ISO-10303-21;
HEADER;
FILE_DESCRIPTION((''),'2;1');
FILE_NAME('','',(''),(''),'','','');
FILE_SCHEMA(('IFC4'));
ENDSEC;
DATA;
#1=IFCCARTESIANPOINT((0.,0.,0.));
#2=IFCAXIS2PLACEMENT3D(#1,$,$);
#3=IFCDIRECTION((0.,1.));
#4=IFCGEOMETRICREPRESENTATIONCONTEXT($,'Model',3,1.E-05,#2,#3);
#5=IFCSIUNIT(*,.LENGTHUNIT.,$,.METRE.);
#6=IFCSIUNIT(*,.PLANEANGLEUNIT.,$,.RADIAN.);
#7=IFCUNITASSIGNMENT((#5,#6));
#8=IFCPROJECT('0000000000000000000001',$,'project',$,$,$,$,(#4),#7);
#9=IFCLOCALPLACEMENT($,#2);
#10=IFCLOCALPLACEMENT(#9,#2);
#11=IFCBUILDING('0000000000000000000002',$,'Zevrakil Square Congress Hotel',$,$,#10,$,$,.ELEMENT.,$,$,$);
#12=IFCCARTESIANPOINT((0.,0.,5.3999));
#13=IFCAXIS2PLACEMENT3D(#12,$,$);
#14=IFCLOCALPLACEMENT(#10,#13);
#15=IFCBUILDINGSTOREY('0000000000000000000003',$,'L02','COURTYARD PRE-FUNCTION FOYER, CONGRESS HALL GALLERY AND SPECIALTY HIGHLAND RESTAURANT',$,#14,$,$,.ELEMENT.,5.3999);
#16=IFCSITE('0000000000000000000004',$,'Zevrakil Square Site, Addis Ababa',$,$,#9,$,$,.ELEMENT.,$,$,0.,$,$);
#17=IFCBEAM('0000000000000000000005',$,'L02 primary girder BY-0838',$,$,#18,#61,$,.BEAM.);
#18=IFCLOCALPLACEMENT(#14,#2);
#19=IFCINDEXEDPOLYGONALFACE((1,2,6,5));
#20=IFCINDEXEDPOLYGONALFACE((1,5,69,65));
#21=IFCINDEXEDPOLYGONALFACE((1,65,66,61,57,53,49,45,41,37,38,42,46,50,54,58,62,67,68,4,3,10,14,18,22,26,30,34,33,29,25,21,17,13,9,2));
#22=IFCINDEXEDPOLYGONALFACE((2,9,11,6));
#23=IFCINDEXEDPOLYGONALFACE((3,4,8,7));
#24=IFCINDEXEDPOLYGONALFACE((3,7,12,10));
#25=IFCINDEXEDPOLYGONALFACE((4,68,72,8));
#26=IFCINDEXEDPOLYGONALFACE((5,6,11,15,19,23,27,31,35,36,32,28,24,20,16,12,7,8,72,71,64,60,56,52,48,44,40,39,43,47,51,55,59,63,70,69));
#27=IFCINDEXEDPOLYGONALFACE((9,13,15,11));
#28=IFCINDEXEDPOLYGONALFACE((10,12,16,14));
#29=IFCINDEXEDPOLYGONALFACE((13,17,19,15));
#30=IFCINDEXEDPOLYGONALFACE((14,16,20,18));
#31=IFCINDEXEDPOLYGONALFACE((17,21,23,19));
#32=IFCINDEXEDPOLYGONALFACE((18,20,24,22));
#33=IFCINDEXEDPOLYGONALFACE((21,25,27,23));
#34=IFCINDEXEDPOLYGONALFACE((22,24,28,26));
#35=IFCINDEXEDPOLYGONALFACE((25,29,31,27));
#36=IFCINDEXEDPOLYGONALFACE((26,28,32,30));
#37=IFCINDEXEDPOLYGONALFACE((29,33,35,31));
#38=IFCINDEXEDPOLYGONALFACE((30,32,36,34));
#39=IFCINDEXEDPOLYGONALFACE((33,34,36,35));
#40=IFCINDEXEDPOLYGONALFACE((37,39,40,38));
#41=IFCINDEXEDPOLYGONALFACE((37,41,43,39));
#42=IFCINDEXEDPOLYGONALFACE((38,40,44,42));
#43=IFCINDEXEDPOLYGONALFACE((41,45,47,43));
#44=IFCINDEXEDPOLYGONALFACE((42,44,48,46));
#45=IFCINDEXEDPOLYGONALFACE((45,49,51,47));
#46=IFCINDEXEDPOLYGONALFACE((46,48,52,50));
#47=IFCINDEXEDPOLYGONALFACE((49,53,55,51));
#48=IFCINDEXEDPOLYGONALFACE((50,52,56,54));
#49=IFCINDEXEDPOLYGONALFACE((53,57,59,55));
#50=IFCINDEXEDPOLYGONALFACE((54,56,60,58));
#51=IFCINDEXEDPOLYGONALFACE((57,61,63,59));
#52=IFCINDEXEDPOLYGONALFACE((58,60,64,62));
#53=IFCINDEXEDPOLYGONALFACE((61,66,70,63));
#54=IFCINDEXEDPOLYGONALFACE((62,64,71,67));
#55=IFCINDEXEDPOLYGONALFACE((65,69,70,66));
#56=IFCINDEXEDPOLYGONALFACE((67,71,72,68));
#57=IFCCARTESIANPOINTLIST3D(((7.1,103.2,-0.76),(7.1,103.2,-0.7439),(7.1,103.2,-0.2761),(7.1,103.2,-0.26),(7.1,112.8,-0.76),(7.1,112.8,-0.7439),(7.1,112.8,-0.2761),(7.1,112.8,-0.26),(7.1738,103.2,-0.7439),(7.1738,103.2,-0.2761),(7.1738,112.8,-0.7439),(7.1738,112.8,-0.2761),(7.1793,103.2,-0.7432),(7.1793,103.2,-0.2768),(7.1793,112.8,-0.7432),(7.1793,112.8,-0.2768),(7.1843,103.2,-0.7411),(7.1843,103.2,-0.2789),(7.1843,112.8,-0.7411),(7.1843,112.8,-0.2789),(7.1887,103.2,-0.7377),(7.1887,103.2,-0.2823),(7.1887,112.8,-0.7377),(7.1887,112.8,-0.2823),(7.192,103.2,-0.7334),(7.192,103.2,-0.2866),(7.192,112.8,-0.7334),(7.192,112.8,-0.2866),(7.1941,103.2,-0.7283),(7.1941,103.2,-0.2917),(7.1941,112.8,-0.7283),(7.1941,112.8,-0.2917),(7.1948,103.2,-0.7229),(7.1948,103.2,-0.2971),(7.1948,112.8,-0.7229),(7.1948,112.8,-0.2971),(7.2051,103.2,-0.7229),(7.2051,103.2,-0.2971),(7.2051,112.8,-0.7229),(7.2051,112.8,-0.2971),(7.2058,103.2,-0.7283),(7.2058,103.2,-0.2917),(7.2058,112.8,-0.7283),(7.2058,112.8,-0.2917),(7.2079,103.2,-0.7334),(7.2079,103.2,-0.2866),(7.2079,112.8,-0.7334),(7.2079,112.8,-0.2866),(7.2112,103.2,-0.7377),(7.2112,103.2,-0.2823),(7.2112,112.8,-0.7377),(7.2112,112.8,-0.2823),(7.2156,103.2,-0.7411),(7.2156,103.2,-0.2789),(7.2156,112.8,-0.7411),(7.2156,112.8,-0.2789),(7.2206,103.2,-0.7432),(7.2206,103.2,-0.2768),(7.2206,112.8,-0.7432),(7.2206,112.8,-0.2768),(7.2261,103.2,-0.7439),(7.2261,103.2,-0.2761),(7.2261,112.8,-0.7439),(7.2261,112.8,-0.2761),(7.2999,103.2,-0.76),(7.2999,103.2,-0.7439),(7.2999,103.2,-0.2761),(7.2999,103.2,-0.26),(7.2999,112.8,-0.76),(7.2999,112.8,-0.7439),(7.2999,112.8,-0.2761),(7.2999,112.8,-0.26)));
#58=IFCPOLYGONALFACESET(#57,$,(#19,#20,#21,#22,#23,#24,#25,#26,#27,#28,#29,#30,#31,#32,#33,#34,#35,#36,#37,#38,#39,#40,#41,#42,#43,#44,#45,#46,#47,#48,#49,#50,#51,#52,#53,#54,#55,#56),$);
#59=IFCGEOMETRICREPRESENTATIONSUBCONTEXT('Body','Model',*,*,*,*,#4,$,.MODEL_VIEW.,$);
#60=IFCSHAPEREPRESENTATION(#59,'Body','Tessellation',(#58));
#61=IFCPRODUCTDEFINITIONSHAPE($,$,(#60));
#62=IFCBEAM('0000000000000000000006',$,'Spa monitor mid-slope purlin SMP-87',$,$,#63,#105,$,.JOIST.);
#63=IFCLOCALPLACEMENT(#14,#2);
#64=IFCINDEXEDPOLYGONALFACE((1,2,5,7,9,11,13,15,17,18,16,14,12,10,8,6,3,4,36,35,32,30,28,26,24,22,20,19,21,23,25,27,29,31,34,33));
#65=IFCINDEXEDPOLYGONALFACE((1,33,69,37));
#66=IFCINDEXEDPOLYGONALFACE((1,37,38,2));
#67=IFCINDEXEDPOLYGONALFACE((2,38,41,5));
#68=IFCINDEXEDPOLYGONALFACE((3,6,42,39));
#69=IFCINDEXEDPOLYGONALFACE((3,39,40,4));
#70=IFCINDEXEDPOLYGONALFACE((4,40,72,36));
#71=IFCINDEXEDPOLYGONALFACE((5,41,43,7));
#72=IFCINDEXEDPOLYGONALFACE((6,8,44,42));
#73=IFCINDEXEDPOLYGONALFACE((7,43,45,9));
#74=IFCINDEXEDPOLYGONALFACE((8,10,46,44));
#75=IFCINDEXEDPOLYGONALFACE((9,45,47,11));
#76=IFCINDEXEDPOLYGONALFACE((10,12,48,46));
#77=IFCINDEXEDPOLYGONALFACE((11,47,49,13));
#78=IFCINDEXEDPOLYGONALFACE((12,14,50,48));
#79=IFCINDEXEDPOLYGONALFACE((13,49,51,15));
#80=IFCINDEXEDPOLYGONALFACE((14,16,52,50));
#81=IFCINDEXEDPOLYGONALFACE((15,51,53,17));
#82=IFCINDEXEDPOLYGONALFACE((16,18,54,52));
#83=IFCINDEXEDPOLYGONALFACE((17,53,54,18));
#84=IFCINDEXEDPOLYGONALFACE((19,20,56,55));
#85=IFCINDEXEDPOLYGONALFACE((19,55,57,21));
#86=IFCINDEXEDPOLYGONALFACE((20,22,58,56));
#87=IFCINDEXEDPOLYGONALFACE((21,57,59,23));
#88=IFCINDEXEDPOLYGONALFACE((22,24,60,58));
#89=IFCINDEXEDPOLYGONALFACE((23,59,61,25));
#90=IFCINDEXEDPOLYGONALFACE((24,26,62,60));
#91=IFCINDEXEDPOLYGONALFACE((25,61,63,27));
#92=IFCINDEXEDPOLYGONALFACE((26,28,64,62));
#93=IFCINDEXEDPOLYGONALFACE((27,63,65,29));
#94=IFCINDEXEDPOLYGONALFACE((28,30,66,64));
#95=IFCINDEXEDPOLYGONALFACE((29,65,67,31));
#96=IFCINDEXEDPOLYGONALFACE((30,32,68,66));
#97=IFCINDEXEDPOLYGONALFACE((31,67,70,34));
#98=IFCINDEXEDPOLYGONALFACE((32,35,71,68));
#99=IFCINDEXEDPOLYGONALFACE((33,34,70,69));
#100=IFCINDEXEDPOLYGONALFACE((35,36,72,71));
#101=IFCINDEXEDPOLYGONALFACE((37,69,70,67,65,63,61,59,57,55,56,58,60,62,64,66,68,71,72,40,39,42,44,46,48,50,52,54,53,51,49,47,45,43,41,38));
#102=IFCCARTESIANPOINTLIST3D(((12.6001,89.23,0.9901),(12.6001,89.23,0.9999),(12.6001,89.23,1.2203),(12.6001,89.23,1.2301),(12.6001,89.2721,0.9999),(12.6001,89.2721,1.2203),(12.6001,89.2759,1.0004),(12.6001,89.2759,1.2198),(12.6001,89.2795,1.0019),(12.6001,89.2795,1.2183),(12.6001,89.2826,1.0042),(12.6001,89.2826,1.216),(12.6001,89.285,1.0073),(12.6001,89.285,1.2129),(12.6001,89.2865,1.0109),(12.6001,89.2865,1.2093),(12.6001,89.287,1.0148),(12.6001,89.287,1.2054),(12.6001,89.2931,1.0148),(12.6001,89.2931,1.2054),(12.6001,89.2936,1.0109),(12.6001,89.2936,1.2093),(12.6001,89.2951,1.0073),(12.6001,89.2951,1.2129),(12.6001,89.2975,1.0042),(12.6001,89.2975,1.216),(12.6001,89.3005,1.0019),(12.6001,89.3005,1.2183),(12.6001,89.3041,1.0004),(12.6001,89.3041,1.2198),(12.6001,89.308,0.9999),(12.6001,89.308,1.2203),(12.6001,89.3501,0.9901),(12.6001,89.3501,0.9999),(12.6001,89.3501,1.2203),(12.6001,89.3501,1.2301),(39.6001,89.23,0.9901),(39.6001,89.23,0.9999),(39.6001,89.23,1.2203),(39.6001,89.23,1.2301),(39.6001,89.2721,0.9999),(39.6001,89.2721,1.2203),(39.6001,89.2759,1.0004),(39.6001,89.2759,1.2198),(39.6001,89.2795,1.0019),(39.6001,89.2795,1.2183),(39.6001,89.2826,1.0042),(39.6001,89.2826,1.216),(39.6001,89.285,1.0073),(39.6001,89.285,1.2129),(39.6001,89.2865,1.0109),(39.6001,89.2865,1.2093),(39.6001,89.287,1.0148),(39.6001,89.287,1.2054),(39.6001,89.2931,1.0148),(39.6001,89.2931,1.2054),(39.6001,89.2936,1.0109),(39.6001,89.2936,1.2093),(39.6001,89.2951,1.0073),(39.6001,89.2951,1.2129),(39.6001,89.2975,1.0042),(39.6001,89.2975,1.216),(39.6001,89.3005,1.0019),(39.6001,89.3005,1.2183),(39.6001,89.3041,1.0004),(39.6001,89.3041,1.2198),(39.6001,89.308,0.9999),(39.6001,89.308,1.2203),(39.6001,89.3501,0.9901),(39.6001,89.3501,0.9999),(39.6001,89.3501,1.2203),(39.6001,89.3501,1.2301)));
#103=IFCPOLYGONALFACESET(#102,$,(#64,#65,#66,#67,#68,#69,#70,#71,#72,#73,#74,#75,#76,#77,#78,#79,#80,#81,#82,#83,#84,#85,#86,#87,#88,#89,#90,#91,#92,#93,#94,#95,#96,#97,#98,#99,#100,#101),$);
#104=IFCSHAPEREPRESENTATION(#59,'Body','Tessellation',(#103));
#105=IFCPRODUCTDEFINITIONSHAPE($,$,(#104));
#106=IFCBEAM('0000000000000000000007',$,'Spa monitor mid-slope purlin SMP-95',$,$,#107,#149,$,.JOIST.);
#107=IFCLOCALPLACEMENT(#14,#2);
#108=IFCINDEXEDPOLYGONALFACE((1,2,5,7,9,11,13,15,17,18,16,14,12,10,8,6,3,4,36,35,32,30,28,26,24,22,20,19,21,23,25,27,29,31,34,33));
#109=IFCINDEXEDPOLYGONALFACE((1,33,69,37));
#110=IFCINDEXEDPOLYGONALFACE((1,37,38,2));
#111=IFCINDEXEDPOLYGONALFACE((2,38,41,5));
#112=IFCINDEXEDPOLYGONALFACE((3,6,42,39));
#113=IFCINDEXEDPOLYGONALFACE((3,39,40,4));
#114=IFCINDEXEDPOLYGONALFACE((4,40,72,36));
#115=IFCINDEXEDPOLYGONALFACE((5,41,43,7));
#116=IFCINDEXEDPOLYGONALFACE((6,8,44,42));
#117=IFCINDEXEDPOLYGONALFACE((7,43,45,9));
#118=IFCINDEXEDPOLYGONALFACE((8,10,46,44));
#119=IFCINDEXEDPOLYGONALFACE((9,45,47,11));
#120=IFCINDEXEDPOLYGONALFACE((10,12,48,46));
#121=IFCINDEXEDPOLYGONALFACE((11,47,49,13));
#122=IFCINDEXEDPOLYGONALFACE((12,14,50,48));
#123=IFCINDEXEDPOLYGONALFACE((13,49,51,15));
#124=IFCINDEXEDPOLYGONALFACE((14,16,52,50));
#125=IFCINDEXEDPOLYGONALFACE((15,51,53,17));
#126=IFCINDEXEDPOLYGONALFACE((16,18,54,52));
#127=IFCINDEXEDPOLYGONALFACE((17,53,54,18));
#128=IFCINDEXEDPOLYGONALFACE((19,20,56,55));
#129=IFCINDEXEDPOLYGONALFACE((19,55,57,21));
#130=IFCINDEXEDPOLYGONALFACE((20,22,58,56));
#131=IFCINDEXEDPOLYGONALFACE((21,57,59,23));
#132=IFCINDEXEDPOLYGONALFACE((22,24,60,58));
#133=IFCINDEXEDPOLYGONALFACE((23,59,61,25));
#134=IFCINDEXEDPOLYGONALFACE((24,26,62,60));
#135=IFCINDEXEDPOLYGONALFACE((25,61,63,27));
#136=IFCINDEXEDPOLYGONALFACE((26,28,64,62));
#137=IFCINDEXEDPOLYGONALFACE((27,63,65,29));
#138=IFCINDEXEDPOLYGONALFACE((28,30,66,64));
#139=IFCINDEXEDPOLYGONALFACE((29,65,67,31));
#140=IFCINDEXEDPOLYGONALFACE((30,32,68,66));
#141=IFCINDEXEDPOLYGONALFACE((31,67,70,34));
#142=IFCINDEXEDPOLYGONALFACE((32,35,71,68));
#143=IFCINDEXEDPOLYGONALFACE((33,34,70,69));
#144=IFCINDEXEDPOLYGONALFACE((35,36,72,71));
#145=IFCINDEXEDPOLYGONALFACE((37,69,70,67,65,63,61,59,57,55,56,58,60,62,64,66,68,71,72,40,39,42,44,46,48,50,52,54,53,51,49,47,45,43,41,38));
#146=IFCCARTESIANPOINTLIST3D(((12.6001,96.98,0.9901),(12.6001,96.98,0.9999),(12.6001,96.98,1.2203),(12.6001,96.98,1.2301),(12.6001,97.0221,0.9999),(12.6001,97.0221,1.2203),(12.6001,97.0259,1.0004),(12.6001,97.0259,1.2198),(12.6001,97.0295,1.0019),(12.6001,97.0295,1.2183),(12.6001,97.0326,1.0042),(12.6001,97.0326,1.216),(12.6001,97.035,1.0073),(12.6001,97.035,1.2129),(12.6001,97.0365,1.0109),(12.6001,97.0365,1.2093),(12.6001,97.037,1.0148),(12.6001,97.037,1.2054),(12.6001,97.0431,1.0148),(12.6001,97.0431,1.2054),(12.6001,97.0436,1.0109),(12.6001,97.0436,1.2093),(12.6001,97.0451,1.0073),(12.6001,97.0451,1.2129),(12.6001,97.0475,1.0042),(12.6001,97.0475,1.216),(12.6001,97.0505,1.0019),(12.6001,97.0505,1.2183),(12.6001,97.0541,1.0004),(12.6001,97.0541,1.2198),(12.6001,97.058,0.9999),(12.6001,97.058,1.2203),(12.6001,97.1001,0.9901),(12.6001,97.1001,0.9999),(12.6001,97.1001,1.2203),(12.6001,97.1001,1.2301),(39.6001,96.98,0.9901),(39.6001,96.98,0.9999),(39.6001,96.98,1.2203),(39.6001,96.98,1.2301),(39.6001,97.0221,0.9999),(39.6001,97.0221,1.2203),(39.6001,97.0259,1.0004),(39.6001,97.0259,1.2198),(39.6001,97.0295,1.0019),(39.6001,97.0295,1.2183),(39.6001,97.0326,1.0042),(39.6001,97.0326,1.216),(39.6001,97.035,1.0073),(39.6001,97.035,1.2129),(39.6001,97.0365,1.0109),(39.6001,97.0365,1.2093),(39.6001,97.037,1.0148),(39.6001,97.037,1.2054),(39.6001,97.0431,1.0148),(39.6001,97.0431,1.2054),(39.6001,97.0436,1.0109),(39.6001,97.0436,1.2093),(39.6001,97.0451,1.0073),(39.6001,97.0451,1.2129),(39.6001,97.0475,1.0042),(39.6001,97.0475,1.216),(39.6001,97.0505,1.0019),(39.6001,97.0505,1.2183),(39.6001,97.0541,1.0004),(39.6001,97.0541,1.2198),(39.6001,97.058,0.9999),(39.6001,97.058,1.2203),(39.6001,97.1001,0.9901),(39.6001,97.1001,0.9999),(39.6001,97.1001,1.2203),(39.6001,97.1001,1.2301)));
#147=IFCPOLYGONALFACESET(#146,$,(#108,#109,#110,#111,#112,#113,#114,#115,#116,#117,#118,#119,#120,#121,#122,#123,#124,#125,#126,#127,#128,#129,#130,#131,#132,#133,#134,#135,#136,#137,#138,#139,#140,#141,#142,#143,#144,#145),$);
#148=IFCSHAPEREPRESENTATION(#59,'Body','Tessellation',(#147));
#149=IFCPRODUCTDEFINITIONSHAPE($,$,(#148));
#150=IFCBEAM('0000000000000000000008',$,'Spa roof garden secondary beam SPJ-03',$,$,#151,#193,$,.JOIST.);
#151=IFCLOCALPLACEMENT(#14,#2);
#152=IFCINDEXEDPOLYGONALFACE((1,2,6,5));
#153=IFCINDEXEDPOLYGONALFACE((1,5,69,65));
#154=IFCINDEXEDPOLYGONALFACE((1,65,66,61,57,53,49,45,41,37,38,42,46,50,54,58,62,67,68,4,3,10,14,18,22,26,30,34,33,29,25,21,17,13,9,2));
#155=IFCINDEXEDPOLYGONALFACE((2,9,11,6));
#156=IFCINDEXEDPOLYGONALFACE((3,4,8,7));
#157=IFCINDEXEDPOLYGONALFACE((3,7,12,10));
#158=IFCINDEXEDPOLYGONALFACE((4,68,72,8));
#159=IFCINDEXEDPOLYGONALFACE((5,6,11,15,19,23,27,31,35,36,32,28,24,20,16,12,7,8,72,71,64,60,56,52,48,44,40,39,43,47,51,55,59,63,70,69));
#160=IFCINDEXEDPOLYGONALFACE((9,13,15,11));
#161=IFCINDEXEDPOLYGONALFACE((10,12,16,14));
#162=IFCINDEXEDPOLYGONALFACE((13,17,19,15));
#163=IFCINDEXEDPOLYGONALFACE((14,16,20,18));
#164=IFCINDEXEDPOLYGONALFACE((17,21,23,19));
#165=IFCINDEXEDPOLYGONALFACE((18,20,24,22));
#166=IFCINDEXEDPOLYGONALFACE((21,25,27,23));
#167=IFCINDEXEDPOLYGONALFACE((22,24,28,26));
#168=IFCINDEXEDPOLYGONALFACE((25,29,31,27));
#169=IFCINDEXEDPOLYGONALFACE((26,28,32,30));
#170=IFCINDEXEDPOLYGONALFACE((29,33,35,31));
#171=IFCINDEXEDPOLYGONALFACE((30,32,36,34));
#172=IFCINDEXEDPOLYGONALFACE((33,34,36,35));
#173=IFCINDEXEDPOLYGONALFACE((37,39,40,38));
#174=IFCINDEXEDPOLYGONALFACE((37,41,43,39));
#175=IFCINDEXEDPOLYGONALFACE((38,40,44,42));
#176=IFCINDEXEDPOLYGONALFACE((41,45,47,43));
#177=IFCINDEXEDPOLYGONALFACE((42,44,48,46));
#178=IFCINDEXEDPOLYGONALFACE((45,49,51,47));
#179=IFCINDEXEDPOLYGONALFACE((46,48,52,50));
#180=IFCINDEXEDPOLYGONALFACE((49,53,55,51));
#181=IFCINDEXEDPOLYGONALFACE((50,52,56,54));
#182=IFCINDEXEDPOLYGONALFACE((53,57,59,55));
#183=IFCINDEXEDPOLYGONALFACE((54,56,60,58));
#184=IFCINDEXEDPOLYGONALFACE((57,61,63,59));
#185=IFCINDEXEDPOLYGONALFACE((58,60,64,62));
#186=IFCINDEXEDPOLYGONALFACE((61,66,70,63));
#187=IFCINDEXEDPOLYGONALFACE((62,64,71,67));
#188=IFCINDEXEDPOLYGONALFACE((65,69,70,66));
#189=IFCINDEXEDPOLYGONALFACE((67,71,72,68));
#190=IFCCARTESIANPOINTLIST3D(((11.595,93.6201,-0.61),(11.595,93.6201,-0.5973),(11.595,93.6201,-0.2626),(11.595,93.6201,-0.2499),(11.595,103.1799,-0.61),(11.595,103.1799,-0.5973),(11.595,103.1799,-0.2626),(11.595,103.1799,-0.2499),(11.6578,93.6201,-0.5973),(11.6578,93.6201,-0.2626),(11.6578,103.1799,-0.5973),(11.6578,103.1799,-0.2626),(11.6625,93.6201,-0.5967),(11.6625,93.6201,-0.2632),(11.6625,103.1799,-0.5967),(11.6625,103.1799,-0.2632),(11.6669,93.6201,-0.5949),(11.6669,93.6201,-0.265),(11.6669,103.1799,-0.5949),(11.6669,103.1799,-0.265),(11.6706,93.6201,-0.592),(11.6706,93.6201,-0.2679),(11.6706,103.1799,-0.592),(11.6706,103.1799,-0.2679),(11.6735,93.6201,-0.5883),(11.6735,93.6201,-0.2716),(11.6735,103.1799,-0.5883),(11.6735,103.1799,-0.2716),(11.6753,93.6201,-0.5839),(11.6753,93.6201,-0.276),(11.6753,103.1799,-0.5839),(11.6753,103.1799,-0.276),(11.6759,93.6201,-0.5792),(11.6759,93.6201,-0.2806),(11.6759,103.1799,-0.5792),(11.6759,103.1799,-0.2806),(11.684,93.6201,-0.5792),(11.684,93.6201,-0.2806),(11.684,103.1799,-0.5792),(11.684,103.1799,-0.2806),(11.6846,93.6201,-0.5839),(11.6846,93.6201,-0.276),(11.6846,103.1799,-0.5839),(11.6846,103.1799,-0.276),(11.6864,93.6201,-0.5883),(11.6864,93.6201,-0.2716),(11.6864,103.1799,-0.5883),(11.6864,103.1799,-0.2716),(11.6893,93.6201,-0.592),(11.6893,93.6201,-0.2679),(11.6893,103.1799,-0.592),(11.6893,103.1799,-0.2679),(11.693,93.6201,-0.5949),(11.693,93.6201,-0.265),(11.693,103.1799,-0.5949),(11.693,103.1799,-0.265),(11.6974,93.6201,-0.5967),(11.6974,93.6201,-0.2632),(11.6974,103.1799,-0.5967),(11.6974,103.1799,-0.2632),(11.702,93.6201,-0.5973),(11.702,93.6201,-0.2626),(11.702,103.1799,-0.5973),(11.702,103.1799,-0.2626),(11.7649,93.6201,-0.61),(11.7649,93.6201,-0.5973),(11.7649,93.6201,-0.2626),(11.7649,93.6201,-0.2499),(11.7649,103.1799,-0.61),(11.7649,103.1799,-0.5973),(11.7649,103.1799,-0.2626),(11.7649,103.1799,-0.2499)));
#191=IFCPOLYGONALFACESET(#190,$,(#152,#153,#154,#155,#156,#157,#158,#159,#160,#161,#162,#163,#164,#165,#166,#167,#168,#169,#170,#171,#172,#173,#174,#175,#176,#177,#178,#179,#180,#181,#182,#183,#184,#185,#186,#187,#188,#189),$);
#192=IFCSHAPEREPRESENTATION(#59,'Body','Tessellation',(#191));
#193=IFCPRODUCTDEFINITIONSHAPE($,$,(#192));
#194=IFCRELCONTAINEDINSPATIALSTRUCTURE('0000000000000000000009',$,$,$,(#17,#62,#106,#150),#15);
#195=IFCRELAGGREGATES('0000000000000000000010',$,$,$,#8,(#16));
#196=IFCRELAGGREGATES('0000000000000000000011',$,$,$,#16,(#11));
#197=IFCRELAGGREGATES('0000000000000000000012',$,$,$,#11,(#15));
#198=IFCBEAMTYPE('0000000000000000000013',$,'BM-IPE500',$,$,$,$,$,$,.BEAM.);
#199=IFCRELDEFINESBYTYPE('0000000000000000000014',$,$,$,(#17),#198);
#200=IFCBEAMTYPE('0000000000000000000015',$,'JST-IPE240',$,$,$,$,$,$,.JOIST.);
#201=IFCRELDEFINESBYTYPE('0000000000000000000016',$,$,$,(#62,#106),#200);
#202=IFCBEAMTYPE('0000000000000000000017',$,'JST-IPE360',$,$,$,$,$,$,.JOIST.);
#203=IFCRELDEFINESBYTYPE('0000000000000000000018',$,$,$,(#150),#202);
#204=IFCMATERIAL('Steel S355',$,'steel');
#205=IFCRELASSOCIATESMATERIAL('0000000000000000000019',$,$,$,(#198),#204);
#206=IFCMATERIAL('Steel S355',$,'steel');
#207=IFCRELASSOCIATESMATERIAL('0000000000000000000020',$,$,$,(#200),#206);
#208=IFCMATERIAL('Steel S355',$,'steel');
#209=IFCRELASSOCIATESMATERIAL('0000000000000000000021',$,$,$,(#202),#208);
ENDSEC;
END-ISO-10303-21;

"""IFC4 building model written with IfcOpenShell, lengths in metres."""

from ifc_helpers import new_model, si_unit, direction, frame, origin, origin_2d, place, context, subcontext, project, spatial, i_section, extrude, material, material_profile, profile_set, type_object, element, save


model = new_model("IFC4")

# Units and contexts
model_context = context("Model", 3, precision=1e-05, world=origin(), true_north=direction((0.0, 1.0)))
body_context = subcontext(model_context, "Body", "Model", "MODEL_VIEW")
ifc_project = project(units=[si_unit("LENGTHUNIT", "METRE"), si_unit("PLANEANGLEUNIT", "RADIAN")], contexts=[model_context])

# Site, building, storey
site_placement = place(None, origin())
site = spatial("IfcSite", under=ifc_project, at=site_placement, Name="Zevrakil Square Site, Addis Ababa", CompositionType="ELEMENT", RefElevation=0.0)
building_placement = place(site_placement, origin())
building = spatial("IfcBuilding", under=site, at=building_placement, Name="Zevrakil Square Congress Hotel", CompositionType="ELEMENT")
storey_placement = place(building_placement, frame((0.0, 0.0, 5.3999)))
storey = spatial("IfcBuildingStorey", under=building, at=storey_placement, Name="L02", Description="COURTYARD PRE-FUNCTION FOYER, CONGRESS HALL GALLERY AND SPECIALTY HIGHLAND RESTAURANT", CompositionType="ELEMENT", Elevation=5.3999)

# Beams
ifc_material_1 = material(Name="Steel S355", Category="steel")
ifc_material_profile_1 = material_profile(ifc_material_1, i_section(OverallWidth=0.2, OverallDepth=0.5, WebThickness=0.0103, FlangeThickness=0.0161, FilletRadius=0.021, at=origin_2d()), Name="IPE 500")
ifc_profile_set_1 = profile_set([ifc_material_profile_1], Name="Steel S355")
beam_type_1 = type_object("IfcBeamType", Name="BM-IPE500", PredefinedType="BEAM", material=ifc_profile_set_1)
beam_1_placement = place(storey_placement, frame((7.2, 103.2, -0.51), z_axis=(0.0, 1.0, 0.0), x_axis=(-1.0, 0.0, 0.0)))
element("IfcBeam", 1, at=beam_1_placement, inside=storey, type_object=beam_type_1, Name="L02 primary girder BY-0838", PredefinedType="BEAM", context=body_context, shape_type="SweptSolid", body=[
    extrude(i_section(OverallWidth=0.2, OverallDepth=0.5, WebThickness=0.0103, FlangeThickness=0.0161, FilletRadius=0.021, at=origin_2d()), origin(), (0.0, 0.0, 1.0), 9.6001),
])
ifc_material_2 = material(Name="Steel S355", Category="steel")
ifc_material_profile_2 = material_profile(ifc_material_2, i_section(OverallWidth=0.1201, OverallDepth=0.24, WebThickness=0.0061, FlangeThickness=0.0098, FilletRadius=0.0149, at=origin_2d()), Name="IPE 240")
ifc_profile_set_2 = profile_set([ifc_material_profile_2], Name="Steel S355")
beam_type_2 = type_object("IfcBeamType", Name="JST-IPE240", PredefinedType="JOIST", material=ifc_profile_set_2)
for number, where, z_axis, x_axis, name in (
    (2, (12.6001, 89.29, 1.1101), (1.0, 0.0, 0.0), (0.0, 1.0, 0.0), "Spa monitor mid-slope purlin SMP-87"),
    (3, (12.6001, 97.04, 1.1101), (1.0, 0.0, 0.0), (0.0, 1.0, 0.0), "Spa monitor mid-slope purlin SMP-95"),
):
    element("IfcBeam", number, at=place(storey_placement, frame(where, z_axis=z_axis, x_axis=x_axis)), inside=storey, type_object=beam_type_2, Name=name, PredefinedType="JOIST", context=body_context, shape_type="SweptSolid", body=[
        extrude(i_section(OverallWidth=0.1201, OverallDepth=0.24, WebThickness=0.0061, FlangeThickness=0.0098, FilletRadius=0.0149, at=origin_2d()), origin(), (0.0, 0.0, 1.0), 27.0),
    ])
ifc_material_3 = material(Name="Steel S355", Category="steel")
ifc_material_profile_3 = material_profile(ifc_material_3, i_section(OverallWidth=0.1699, OverallDepth=0.3601, WebThickness=0.0081, FlangeThickness=0.0127, FilletRadius=0.0181, at=origin_2d()), Name="IPE 360")
ifc_profile_set_3 = profile_set([ifc_material_profile_3], Name="Steel S355")
beam_type_3 = type_object("IfcBeamType", Name="JST-IPE360", PredefinedType="JOIST", material=ifc_profile_set_3)
beam_2_placement = place(storey_placement, frame((11.6799, 93.6201, -0.4299), z_axis=(0.0, 1.0, 0.0), x_axis=(-1.0, 0.0, 0.0)))
element("IfcBeam", 4, at=beam_2_placement, inside=storey, type_object=beam_type_3, Name="Spa roof garden secondary beam SPJ-03", PredefinedType="JOIST", context=body_context, shape_type="SweptSolid", body=[
    extrude(i_section(OverallWidth=0.1699, OverallDepth=0.3601, WebThickness=0.0081, FlangeThickness=0.0127, FilletRadius=0.0181, at=origin_2d()), origin(), (0.0, 0.0, 1.0), 9.5598),
])

save(model, "model.ifc")
